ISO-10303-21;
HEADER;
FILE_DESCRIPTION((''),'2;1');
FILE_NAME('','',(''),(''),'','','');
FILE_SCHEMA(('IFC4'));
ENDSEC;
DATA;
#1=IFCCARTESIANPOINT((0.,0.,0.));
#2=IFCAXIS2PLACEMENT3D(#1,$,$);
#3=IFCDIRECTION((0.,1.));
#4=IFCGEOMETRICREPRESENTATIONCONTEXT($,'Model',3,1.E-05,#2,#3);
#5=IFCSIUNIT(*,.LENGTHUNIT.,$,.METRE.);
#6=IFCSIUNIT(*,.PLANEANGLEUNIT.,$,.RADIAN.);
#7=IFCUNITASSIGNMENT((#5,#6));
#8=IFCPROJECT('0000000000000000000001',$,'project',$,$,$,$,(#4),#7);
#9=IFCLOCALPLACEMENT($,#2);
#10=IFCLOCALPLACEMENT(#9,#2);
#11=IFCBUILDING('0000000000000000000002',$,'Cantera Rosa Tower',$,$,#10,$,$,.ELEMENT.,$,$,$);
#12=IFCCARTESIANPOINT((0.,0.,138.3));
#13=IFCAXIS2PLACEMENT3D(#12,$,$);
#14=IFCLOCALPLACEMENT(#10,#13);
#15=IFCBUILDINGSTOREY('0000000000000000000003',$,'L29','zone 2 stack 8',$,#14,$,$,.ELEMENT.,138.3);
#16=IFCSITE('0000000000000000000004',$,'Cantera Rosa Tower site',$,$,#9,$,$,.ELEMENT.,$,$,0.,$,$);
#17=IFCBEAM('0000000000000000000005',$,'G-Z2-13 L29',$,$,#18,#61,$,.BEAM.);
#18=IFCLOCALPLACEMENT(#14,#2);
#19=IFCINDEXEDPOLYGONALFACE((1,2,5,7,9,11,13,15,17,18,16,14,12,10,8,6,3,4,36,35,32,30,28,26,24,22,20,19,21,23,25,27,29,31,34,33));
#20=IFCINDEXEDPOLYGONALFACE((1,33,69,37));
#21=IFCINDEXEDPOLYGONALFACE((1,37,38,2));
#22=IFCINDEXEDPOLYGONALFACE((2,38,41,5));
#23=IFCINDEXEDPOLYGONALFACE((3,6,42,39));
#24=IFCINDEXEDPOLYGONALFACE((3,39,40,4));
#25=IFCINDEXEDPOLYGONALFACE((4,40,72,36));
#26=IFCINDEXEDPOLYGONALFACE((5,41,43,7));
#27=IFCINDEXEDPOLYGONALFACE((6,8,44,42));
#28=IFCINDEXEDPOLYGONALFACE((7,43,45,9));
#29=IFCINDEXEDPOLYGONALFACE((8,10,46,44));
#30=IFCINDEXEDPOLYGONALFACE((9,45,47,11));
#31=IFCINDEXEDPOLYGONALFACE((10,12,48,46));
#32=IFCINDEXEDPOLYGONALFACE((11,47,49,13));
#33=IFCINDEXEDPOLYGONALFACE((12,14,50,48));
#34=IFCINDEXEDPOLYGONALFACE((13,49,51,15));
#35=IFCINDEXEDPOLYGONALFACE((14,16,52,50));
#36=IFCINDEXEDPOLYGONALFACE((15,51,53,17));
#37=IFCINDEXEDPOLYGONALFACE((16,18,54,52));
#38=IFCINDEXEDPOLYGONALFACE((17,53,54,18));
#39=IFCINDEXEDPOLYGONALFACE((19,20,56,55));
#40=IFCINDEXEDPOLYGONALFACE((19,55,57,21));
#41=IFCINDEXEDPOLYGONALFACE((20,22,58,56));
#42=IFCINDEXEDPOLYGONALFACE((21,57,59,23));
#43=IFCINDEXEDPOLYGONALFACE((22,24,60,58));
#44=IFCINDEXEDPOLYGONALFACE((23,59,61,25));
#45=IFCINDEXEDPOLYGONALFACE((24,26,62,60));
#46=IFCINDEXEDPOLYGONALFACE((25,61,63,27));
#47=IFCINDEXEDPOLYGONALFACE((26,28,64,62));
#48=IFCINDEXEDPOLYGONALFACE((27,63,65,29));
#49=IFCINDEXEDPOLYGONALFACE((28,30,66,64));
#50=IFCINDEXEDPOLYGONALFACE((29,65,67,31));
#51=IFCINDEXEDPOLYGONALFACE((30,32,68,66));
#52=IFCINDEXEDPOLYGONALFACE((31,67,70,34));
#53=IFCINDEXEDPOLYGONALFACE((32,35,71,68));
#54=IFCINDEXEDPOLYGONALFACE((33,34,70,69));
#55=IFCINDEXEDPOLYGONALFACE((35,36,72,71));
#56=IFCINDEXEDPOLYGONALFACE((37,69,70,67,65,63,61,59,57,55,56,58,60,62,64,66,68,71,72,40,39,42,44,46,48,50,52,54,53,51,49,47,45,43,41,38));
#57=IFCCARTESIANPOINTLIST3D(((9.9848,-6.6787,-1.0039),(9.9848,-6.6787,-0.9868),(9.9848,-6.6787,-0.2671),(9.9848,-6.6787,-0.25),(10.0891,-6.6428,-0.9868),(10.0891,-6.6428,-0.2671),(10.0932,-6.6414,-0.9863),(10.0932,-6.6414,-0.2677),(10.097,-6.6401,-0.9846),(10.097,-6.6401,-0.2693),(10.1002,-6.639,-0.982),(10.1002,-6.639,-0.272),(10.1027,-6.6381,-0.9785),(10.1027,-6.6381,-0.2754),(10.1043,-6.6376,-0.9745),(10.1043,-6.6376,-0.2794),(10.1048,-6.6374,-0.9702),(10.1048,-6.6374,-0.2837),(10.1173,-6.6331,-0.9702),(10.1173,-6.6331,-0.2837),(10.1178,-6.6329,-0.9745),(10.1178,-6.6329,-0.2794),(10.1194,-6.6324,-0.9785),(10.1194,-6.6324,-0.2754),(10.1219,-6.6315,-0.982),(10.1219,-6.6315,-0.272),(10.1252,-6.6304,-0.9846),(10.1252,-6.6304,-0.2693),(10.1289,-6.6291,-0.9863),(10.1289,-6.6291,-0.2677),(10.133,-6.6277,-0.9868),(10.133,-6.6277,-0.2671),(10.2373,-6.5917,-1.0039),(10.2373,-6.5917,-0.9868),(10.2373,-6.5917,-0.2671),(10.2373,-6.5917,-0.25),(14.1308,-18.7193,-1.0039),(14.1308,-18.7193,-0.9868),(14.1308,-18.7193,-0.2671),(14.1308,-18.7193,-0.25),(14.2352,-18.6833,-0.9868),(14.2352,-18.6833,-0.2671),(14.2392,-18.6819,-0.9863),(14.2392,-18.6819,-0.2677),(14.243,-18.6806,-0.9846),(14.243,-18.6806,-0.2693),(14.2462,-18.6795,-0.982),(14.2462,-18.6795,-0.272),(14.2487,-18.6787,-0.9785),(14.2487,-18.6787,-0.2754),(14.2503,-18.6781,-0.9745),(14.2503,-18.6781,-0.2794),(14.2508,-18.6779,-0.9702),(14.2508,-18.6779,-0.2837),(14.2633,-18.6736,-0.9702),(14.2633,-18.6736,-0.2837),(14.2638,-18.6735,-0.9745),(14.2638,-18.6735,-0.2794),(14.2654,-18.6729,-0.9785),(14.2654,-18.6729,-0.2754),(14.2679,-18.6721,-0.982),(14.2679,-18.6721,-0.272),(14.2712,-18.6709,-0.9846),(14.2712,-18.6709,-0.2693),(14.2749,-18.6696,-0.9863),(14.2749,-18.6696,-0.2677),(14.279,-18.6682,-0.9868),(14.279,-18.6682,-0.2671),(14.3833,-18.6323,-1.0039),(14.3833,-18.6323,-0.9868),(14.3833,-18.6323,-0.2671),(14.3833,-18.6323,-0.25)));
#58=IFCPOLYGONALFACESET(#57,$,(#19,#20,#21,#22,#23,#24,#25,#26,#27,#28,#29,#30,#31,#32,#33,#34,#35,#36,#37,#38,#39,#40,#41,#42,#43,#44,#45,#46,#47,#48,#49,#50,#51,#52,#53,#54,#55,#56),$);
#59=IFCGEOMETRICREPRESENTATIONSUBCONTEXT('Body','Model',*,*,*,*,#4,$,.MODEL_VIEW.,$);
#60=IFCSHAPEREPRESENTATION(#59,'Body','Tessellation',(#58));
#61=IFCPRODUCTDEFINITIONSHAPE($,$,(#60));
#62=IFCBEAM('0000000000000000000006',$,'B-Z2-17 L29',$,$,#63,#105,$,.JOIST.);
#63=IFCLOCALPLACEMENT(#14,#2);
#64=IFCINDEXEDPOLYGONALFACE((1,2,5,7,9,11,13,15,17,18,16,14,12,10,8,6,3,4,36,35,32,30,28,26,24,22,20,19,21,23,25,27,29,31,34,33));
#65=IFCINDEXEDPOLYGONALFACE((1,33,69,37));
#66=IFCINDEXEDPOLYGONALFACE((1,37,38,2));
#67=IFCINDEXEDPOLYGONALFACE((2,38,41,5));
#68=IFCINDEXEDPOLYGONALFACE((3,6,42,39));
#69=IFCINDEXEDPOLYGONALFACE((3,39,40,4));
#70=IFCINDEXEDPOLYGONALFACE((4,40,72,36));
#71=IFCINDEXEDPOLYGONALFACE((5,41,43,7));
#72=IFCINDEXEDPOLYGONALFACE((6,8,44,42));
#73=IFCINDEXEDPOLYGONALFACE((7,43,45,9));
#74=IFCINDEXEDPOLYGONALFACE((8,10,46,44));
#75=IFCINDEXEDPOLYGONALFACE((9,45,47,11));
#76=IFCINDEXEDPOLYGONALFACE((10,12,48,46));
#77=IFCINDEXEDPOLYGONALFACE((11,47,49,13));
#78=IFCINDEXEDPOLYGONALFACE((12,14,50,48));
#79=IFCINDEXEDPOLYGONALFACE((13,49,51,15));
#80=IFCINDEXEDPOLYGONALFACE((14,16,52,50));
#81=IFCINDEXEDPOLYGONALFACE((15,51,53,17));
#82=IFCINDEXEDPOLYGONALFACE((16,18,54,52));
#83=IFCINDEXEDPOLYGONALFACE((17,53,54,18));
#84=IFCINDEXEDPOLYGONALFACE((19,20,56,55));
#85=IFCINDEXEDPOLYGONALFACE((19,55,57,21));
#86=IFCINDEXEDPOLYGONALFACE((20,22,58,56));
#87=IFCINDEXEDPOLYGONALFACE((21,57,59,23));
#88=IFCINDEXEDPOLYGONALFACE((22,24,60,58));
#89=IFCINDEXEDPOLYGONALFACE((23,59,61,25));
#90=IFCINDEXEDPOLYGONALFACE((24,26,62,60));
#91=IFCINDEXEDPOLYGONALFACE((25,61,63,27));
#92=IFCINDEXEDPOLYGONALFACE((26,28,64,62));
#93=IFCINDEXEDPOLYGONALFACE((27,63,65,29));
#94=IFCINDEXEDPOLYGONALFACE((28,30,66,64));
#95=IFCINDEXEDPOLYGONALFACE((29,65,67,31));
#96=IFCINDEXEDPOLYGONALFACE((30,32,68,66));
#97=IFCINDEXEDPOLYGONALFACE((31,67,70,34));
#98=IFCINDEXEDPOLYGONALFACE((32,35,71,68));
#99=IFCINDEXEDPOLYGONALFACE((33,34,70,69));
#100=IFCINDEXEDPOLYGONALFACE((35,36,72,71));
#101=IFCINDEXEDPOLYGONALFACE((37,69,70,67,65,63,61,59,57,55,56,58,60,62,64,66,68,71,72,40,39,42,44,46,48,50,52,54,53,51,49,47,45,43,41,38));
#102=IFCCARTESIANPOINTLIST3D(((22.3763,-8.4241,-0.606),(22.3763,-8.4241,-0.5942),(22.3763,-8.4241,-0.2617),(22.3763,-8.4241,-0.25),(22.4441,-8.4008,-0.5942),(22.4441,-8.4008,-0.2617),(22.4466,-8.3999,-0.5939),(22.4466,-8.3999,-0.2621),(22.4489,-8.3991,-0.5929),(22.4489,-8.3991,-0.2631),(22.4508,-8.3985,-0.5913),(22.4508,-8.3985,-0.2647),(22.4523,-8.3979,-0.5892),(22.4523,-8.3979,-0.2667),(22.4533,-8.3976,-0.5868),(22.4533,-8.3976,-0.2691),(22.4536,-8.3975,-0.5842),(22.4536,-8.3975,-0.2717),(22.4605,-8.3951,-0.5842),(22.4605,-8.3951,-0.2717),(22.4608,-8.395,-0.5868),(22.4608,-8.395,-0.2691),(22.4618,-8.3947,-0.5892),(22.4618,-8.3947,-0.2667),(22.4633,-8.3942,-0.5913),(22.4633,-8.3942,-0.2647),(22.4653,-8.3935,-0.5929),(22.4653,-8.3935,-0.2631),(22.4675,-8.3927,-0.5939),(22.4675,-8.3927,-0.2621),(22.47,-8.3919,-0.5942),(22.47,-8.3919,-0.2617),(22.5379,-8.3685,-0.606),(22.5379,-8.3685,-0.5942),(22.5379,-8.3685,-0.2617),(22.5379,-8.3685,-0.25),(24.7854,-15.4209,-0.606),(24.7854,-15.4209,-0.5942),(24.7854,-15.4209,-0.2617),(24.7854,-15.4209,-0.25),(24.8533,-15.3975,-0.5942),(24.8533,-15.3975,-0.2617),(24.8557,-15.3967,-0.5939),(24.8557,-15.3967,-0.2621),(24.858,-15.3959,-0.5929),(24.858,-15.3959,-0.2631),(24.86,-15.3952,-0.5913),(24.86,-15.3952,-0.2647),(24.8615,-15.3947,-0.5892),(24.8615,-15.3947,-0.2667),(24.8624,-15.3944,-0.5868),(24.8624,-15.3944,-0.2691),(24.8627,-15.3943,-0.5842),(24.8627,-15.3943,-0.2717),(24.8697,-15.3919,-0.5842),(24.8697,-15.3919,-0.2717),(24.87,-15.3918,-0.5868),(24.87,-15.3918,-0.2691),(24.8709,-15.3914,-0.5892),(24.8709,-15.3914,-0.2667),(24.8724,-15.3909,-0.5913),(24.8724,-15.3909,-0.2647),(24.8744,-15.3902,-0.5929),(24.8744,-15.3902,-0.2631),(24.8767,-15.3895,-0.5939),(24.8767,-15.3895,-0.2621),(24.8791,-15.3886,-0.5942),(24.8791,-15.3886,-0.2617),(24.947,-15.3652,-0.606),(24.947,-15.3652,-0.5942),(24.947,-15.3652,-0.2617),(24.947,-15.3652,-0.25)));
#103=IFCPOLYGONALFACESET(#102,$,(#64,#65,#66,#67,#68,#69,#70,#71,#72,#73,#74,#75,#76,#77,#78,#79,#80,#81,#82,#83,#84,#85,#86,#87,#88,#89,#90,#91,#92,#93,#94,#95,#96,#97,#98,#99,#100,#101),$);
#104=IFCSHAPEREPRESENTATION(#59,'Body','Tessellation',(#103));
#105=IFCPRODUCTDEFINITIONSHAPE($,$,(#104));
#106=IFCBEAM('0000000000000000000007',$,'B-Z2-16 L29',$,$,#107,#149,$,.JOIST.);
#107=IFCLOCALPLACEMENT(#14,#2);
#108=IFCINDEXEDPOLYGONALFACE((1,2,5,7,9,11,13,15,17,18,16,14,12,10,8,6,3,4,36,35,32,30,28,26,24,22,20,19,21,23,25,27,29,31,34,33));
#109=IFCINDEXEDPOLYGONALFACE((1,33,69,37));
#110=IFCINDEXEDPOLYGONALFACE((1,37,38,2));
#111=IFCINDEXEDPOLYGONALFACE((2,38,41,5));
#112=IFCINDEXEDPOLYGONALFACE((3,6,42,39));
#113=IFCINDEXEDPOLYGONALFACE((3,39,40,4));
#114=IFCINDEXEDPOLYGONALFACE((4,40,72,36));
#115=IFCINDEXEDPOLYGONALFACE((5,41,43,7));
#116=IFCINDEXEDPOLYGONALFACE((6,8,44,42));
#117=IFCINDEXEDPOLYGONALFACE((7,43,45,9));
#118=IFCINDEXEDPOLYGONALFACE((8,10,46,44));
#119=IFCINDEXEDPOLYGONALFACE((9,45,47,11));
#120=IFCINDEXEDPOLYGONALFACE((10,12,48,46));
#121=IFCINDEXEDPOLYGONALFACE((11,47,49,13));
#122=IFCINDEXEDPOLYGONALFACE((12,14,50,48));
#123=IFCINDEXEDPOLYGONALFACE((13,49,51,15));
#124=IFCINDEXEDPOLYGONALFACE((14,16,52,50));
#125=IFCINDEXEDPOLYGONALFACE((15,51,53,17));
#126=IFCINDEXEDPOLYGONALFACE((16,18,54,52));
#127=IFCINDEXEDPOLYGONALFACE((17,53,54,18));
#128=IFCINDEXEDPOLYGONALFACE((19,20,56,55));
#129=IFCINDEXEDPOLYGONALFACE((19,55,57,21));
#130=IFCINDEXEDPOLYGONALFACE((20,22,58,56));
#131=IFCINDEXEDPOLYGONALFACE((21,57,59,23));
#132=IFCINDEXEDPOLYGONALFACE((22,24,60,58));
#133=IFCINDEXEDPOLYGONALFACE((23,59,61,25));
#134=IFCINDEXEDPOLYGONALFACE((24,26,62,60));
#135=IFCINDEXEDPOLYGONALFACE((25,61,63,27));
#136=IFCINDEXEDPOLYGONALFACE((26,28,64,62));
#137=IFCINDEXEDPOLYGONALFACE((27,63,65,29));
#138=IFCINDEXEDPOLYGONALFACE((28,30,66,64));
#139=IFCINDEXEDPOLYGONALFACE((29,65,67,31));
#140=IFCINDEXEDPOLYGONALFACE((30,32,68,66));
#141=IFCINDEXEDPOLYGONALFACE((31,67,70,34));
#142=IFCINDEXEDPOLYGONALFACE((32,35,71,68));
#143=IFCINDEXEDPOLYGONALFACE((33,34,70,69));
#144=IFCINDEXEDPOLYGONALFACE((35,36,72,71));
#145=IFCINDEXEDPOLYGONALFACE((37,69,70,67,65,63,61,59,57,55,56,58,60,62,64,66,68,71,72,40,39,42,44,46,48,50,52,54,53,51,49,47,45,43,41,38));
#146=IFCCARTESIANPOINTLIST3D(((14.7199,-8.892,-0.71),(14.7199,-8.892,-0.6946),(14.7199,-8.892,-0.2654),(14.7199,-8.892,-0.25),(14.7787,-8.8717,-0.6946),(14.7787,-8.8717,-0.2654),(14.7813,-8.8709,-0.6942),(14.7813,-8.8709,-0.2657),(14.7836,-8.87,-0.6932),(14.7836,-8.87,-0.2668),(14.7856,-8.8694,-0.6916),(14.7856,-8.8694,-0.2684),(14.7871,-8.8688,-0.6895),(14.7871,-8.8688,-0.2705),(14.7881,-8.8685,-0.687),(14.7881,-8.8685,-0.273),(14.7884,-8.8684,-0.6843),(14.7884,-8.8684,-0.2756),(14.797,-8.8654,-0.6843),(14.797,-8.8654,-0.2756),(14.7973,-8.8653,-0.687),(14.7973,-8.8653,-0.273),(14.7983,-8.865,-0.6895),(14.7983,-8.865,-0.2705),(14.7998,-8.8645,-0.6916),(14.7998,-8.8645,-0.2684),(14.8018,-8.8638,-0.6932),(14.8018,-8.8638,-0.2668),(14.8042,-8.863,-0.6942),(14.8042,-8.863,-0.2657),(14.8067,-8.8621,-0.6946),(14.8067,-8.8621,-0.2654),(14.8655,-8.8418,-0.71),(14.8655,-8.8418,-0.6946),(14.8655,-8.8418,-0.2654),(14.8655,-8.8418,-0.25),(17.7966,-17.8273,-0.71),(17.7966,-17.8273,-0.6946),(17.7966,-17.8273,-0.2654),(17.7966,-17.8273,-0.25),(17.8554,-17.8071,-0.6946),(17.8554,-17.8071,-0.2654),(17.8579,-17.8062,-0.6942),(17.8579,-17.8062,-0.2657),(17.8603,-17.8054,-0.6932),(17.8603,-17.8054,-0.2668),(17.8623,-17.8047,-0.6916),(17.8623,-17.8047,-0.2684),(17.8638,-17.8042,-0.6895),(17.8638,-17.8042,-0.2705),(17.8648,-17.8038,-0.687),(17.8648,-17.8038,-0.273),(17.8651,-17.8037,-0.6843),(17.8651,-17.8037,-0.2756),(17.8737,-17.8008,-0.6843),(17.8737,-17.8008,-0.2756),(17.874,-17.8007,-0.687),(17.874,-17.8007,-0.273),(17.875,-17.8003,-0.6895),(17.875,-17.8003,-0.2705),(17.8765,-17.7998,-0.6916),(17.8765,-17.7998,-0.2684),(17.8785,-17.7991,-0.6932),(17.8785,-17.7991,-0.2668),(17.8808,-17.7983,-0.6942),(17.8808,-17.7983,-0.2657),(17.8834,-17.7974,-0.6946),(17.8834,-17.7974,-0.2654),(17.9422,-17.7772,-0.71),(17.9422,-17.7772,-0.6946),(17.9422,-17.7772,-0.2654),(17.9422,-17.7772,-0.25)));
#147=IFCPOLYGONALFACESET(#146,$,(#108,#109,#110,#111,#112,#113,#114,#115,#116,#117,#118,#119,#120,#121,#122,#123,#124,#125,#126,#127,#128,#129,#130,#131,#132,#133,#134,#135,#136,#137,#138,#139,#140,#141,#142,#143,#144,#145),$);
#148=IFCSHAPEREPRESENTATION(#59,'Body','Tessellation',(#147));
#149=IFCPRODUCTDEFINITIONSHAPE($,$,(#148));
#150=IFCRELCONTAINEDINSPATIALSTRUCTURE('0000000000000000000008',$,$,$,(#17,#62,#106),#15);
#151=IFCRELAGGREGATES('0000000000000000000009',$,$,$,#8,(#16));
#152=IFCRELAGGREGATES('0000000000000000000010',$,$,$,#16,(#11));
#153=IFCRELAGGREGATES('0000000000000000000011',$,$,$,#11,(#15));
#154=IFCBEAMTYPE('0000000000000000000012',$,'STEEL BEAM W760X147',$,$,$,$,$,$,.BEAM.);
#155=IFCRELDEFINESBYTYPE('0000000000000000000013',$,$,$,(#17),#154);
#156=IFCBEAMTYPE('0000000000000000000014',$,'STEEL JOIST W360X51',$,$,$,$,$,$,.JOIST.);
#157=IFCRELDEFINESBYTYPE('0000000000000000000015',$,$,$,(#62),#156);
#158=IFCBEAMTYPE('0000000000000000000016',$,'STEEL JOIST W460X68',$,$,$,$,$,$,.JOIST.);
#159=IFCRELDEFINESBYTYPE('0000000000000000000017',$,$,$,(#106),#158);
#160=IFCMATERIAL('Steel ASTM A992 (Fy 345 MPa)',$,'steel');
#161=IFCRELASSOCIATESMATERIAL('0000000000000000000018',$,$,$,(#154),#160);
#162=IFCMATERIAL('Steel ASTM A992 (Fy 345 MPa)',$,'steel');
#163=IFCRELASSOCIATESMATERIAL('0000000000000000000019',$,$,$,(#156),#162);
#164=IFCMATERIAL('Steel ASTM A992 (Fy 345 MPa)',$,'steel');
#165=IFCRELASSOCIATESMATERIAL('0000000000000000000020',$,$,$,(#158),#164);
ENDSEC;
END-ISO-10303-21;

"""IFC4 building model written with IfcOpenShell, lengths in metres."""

from ifc_helpers import new_model, si_unit, direction, frame, origin, origin_2d, place, context, subcontext, project, spatial, i_section, extrude, material, material_profile, profile_set, type_object, element, save


model = new_model("IFC4")

# Units and contexts
model_context = context("Model", 3, precision=1e-05, world=origin(), true_north=direction((0.0, 1.0)))
body_context = subcontext(model_context, "Body", "Model", "MODEL_VIEW")
ifc_project = project(units=[si_unit("LENGTHUNIT", "METRE"), si_unit("PLANEANGLEUNIT", "RADIAN")], contexts=[model_context])

# Site, building, storey
site_placement = place(None, origin())
site = spatial("IfcSite", under=ifc_project, at=site_placement, Name="Cantera Rosa Tower site", CompositionType="ELEMENT", RefElevation=0.0)
building_placement = place(site_placement, origin())
building = spatial("IfcBuilding", under=site, at=building_placement, Name="Cantera Rosa Tower", CompositionType="ELEMENT")
storey_placement = place(building_placement, frame((0.0, 0.0, 138.3)))
storey = spatial("IfcBuildingStorey", under=building, at=storey_placement, Name="L29", Description="zone 2 stack 8", CompositionType="ELEMENT", Elevation=138.3)

# Beams
ifc_material_1 = material(Name="Steel ASTM A992 (Fy 345 MPa)", Category="steel")
ifc_material_profile_1 = material_profile(ifc_material_1, i_section(OverallWidth=0.2671, OverallDepth=0.7539, WebThickness=0.0132, FlangeThickness=0.0171, FilletRadius=0.0166, at=origin_2d()), Name="W760X147")
ifc_profile_set_1 = profile_set([ifc_material_profile_1], Name="Steel ASTM A992 (Fy 345 MPa)")
beam_type_1 = type_object("IfcBeamType", Name="STEEL BEAM W760X147", PredefinedType="BEAM", material=ifc_profile_set_1)
beam_1_placement = place(storey_placement, frame((14.2571, -18.6758, -0.627), z_axis=(-0.325576, 0.945516, 0.0), x_axis=(-0.945516, -0.325576, 0.0)))
element("IfcBeam", 1, at=beam_1_placement, inside=storey, type_object=beam_type_1, Name="G-Z2-13 L29", PredefinedType="BEAM", context=body_context, shape_type="SweptSolid", body=[
    extrude(i_section(OverallWidth=0.2671, OverallDepth=0.7539, WebThickness=0.0132, FlangeThickness=0.0171, FilletRadius=0.0166, at=origin_2d()), origin(), (0.0, 0.0, 1.0), 12.7344),
])
ifc_material_2 = material(Name="Steel ASTM A992 (Fy 345 MPa)", Category="steel")
ifc_material_profile_2 = material_profile(ifc_material_2, i_section(OverallWidth=0.1709, OverallDepth=0.356, WebThickness=0.0073, FlangeThickness=0.0117, FilletRadius=0.01, at=origin_2d()), Name="W360X51")
ifc_profile_set_2 = profile_set([ifc_material_profile_2], Name="Steel ASTM A992 (Fy 345 MPa)")
beam_type_2 = type_object("IfcBeamType", Name="STEEL JOIST W360X51", PredefinedType="JOIST", material=ifc_profile_set_2)
beam_2_placement = place(storey_placement, frame((24.8662, -15.3931, -0.428), z_axis=(-0.325566, 0.945519, 0.0), x_axis=(-0.945519, -0.325566, 0.0)))
element("IfcBeam", 2, at=beam_2_placement, inside=storey, type_object=beam_type_2, Name="B-Z2-17 L29", PredefinedType="JOIST", context=body_context, shape_type="SweptSolid", body=[
    extrude(i_section(OverallWidth=0.1709, OverallDepth=0.356, WebThickness=0.0073, FlangeThickness=0.0117, FilletRadius=0.01, at=origin_2d()), origin(), (0.0, 0.0, 1.0), 7.3999),
])
ifc_material_3 = material(Name="Steel ASTM A992 (Fy 345 MPa)", Category="steel")
ifc_material_profile_3 = material_profile(ifc_material_3, i_section(OverallWidth=0.1541, OverallDepth=0.46, WebThickness=0.009, FlangeThickness=0.0154, FilletRadius=0.0103, at=origin_2d()), Name="W460X68")
ifc_profile_set_3 = profile_set([ifc_material_profile_3], Name="Steel ASTM A992 (Fy 345 MPa)")
beam_type_3 = type_object("IfcBeamType", Name="STEEL JOIST W460X68", PredefinedType="JOIST", material=ifc_profile_set_3)
beam_3_placement = place(storey_placement, frame((17.8694, -17.8022, -0.48), z_axis=(-0.325567, 0.945519, 0.0), x_axis=(-0.945519, -0.325567, 0.0)))
element("IfcBeam", 3, at=beam_3_placement, inside=storey, type_object=beam_type_3, Name="B-Z2-16 L29", PredefinedType="JOIST", context=body_context, shape_type="SweptSolid", body=[
    extrude(i_section(OverallWidth=0.1541, OverallDepth=0.46, WebThickness=0.009, FlangeThickness=0.0154, FilletRadius=0.0103, at=origin_2d()), origin(), (0.0, 0.0, 1.0), 9.4502),
])

save(model, "model.ifc")
